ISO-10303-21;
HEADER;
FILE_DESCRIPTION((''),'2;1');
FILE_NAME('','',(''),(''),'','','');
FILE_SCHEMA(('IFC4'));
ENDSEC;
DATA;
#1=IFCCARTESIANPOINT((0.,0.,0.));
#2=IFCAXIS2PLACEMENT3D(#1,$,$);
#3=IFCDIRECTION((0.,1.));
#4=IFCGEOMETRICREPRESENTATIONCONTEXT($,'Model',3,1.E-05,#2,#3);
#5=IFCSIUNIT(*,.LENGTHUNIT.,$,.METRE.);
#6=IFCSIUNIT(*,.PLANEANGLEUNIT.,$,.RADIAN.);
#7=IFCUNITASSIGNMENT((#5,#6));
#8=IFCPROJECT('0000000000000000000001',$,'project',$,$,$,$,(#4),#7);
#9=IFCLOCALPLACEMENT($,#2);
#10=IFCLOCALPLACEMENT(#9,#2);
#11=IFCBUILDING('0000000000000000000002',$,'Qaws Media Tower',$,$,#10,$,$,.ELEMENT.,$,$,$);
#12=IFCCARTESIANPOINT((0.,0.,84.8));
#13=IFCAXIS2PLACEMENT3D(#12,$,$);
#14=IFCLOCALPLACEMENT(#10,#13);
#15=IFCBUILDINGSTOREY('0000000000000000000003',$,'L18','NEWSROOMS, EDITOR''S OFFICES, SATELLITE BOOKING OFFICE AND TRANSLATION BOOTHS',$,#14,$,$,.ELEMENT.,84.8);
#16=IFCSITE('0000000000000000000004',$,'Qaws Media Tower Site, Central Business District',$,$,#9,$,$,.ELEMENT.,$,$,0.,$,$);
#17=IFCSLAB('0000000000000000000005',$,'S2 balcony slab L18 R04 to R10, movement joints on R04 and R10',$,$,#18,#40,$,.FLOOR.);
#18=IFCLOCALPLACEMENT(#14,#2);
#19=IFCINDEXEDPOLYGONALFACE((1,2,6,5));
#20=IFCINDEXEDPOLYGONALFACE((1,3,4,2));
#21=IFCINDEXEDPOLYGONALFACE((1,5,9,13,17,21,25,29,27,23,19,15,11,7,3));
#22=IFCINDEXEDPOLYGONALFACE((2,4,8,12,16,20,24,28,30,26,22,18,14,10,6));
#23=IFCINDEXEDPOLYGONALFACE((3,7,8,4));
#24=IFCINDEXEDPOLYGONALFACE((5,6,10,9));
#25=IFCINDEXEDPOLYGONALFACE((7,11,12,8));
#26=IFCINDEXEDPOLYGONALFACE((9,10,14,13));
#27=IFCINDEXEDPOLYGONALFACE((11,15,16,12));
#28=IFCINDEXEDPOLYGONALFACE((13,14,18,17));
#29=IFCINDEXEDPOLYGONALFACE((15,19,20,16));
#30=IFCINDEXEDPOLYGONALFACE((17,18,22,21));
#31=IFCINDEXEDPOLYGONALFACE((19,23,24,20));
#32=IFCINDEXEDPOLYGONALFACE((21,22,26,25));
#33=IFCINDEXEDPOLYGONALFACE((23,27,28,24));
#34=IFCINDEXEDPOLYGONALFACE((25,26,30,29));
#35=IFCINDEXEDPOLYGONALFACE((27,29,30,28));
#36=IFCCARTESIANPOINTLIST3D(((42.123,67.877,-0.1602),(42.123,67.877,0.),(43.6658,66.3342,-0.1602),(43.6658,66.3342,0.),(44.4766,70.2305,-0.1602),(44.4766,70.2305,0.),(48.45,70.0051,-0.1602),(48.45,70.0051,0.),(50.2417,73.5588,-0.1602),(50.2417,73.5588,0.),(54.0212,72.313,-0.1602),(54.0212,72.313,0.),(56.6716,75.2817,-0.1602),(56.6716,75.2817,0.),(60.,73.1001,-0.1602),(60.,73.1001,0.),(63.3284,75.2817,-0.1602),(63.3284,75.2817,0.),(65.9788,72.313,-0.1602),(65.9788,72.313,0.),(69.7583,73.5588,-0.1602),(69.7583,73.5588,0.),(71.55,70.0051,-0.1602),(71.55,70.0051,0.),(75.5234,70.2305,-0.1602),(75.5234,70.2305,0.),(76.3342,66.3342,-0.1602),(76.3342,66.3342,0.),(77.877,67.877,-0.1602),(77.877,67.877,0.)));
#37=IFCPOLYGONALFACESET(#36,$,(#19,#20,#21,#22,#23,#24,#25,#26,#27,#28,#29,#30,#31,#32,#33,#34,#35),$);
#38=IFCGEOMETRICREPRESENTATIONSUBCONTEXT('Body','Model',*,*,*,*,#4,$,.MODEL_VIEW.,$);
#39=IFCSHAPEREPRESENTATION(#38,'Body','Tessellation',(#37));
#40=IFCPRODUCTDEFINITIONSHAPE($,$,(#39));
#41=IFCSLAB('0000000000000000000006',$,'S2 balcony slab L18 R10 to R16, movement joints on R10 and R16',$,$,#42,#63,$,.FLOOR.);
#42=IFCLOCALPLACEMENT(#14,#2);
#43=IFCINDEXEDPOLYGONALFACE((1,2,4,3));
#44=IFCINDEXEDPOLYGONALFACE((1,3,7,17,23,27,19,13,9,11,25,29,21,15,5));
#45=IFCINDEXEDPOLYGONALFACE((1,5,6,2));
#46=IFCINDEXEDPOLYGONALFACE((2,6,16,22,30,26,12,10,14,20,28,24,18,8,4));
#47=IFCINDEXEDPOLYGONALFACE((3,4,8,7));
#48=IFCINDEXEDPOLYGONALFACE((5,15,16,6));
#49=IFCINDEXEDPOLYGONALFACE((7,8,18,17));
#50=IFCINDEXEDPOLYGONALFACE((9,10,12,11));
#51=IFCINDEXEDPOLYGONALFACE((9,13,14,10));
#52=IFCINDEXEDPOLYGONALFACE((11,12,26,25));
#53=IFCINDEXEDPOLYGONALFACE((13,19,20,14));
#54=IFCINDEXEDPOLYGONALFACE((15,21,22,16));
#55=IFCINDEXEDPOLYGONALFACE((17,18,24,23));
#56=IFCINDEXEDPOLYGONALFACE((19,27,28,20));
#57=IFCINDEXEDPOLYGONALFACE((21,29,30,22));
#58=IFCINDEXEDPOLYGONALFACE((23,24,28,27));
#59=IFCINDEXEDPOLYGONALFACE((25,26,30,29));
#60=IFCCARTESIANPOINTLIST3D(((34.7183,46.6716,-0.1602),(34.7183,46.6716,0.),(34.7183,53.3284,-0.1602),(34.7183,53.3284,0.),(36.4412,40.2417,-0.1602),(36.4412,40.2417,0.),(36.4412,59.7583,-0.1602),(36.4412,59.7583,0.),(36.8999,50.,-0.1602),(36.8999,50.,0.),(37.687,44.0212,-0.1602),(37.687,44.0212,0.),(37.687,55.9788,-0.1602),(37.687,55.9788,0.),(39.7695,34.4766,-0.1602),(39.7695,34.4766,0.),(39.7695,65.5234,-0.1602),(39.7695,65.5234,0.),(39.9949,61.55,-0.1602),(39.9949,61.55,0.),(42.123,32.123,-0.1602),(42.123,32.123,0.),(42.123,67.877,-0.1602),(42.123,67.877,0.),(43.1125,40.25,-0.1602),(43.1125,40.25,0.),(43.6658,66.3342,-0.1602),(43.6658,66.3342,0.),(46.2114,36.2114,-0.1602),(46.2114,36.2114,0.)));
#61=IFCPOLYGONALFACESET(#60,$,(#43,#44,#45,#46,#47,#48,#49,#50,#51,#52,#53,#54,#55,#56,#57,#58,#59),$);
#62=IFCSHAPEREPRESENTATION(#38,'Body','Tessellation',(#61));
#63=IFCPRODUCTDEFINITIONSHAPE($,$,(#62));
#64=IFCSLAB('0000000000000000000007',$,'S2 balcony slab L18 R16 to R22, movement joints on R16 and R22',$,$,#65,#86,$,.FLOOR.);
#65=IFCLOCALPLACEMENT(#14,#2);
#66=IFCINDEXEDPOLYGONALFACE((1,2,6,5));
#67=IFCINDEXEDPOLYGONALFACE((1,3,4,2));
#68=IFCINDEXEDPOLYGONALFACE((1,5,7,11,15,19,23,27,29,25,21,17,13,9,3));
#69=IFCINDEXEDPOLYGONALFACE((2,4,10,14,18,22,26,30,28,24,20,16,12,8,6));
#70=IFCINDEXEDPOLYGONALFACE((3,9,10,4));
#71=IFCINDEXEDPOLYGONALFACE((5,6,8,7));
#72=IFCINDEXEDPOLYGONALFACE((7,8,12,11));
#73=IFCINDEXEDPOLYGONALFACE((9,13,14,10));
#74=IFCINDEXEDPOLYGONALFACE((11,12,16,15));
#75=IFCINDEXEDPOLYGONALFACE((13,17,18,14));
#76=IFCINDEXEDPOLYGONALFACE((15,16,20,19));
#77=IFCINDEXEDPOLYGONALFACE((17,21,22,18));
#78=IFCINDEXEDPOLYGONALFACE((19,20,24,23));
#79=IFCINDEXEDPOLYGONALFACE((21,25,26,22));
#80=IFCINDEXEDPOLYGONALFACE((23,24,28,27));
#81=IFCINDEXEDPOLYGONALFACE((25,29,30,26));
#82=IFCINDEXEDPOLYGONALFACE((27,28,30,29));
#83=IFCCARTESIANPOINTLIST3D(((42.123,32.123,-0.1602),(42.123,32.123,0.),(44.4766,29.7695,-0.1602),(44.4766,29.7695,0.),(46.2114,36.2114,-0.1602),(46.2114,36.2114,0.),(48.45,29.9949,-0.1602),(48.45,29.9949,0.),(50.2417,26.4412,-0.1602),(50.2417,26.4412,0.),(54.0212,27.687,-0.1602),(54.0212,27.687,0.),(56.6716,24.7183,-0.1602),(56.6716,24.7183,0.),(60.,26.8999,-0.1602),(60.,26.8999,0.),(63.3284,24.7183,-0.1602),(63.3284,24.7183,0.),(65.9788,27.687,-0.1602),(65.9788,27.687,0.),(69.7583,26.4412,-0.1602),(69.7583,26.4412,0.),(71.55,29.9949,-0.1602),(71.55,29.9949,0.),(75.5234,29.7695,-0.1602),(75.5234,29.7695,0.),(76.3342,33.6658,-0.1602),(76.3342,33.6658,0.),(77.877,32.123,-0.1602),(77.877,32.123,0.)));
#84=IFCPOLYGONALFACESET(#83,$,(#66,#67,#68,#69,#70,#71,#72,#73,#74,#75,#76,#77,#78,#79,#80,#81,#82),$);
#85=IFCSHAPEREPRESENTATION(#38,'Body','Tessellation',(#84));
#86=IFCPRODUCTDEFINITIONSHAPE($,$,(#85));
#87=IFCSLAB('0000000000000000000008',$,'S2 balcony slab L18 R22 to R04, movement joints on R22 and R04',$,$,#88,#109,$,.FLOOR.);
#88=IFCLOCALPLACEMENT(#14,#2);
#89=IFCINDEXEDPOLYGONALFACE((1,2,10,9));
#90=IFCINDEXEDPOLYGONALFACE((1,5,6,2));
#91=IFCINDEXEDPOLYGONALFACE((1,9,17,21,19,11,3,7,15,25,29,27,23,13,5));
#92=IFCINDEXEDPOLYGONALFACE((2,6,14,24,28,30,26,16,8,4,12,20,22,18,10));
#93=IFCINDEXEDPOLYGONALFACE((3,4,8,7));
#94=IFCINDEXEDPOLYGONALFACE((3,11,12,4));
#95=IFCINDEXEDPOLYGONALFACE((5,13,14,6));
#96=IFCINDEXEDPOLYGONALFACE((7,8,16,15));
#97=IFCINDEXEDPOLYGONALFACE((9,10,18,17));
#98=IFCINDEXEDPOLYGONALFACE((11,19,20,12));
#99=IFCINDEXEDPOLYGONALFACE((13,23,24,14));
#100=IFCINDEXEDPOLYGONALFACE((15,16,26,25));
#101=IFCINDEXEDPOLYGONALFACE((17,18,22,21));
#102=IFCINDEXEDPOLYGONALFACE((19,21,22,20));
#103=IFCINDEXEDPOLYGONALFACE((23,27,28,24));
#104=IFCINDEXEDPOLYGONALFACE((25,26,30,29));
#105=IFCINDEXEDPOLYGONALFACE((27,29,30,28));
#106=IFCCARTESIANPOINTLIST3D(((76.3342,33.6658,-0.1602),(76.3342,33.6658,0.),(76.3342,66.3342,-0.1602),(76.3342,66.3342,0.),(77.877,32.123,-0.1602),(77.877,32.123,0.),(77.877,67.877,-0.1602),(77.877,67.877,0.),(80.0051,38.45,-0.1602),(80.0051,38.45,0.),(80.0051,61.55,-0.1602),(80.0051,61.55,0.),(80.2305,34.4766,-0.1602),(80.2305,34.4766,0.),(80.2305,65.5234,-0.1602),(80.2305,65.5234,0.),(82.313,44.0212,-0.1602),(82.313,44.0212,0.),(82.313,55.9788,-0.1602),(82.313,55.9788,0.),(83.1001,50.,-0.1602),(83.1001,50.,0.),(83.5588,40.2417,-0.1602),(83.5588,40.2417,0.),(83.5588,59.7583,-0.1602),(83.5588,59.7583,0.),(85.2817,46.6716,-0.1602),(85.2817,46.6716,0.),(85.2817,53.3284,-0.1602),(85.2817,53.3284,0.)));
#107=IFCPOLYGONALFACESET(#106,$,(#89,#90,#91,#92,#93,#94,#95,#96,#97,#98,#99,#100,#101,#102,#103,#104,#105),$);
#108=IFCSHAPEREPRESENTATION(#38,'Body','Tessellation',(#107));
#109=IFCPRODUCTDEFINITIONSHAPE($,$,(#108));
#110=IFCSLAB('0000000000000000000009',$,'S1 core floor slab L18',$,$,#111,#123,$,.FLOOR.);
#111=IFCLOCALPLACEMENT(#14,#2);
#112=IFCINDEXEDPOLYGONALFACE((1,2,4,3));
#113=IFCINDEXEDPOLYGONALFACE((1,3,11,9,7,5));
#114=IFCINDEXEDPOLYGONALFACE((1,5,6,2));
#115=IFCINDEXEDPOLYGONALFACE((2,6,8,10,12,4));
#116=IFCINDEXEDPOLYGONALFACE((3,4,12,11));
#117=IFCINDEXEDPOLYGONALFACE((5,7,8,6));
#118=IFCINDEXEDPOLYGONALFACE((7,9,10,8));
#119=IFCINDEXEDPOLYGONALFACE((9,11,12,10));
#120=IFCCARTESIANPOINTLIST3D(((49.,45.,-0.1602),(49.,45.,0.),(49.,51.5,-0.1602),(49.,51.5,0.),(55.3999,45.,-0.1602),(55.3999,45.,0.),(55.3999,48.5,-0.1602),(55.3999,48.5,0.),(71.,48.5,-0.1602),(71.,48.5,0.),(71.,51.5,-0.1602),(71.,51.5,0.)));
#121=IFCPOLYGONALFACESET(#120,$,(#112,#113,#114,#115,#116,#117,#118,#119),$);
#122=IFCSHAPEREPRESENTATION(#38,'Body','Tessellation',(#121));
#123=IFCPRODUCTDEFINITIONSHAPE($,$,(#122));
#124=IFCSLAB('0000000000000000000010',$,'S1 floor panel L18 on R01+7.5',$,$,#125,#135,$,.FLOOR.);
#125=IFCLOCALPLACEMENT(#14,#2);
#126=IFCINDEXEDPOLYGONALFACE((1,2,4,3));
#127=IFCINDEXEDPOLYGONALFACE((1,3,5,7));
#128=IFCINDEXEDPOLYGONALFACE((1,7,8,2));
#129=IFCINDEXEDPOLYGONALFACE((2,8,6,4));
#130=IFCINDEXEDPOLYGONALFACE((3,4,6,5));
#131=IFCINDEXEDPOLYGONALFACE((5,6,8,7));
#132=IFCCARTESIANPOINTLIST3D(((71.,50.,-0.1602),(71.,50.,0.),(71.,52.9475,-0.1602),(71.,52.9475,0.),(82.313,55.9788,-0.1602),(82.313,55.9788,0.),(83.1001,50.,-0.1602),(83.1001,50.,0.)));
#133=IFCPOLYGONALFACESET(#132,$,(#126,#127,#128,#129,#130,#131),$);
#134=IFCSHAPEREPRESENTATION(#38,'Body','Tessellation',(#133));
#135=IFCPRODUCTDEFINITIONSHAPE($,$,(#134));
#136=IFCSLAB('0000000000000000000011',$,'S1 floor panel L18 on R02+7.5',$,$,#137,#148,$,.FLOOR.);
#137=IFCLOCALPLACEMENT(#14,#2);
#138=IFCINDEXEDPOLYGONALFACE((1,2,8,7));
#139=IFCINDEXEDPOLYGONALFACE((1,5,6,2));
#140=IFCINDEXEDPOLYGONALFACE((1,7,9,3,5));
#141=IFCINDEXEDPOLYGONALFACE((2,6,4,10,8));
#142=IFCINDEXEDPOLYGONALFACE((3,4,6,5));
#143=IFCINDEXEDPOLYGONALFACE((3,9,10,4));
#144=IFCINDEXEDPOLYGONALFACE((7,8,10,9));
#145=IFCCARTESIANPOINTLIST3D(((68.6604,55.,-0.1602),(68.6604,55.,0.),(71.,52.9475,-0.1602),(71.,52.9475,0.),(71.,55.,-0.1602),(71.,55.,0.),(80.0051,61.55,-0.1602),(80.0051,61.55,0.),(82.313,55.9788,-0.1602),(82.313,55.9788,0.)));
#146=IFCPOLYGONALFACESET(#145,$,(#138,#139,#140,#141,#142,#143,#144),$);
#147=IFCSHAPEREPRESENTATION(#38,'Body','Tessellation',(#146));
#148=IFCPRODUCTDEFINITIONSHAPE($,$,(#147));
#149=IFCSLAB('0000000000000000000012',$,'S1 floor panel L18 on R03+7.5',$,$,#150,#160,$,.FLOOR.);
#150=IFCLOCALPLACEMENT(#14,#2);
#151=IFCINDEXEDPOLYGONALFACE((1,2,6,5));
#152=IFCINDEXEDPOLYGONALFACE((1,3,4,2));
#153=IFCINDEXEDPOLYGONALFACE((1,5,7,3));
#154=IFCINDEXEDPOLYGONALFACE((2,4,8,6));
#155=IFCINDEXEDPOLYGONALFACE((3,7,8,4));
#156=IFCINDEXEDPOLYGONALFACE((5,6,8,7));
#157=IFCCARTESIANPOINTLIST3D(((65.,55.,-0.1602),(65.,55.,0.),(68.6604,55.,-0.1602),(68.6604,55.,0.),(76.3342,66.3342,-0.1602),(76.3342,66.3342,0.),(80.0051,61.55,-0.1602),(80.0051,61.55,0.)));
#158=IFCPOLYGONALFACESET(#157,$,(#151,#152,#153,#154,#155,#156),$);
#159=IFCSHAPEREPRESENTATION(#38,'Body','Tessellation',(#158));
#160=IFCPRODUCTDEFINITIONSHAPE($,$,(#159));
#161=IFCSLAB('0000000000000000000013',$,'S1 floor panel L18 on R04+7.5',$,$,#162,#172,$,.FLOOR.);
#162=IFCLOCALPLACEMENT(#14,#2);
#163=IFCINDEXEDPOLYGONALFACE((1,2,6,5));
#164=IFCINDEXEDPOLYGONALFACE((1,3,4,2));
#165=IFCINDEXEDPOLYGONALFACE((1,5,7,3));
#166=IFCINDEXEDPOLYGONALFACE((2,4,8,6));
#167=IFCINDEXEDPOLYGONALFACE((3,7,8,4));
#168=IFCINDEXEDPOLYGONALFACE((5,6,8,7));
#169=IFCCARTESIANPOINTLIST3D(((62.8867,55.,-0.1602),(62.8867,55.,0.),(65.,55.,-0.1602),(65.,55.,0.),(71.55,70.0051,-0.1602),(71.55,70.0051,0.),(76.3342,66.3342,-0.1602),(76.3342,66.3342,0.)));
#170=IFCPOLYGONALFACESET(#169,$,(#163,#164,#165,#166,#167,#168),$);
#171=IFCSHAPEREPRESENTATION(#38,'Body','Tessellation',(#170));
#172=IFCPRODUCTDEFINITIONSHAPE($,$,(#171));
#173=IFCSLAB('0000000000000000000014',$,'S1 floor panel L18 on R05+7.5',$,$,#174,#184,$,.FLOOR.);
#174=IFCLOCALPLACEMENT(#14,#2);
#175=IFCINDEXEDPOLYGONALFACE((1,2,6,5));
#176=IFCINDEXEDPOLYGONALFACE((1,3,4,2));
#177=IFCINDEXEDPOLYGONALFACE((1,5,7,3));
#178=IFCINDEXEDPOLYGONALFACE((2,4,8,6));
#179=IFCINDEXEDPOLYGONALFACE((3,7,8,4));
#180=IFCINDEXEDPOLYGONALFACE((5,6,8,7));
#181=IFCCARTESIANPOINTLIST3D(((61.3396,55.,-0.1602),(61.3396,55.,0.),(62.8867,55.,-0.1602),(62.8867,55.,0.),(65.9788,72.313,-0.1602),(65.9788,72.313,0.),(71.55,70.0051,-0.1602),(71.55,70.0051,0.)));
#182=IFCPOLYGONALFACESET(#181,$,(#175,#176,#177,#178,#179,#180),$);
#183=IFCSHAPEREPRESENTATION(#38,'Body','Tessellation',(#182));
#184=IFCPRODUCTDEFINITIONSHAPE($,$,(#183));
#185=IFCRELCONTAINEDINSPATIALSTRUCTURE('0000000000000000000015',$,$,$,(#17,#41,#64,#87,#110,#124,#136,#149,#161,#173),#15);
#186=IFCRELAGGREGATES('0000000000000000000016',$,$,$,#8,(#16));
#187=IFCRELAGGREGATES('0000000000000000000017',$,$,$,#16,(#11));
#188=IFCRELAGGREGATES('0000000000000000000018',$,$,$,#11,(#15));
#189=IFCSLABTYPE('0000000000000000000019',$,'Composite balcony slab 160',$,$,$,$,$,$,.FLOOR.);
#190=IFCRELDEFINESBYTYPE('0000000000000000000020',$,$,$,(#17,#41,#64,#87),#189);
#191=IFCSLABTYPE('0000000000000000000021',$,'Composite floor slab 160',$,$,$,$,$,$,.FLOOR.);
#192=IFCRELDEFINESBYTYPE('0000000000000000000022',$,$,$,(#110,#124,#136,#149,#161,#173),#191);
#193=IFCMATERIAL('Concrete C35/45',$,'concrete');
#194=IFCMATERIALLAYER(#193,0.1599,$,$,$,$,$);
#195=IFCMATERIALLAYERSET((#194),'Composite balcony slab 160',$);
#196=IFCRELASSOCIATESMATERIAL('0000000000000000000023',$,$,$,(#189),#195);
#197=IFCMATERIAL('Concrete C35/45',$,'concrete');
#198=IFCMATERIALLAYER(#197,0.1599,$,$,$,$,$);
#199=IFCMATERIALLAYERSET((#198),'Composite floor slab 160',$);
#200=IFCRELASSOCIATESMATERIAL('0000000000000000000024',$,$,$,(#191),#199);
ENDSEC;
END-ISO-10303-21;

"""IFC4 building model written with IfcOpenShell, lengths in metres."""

from ifc_helpers import new_model, si_unit, direction, frame, origin, place, context, subcontext, project, spatial, polyline, outline, extrude, material, layer, layer_set, type_object, element, save


model = new_model("IFC4")

# Units and contexts
model_context = context("Model", 3, precision=1e-05, world=origin(), true_north=direction((0.0, 1.0)))
body_context = subcontext(model_context, "Body", "Model", "MODEL_VIEW")
ifc_project = project(units=[si_unit("LENGTHUNIT", "METRE"), si_unit("PLANEANGLEUNIT", "RADIAN")], contexts=[model_context])

# Site, building, storey
site_placement = place(None, origin())
site = spatial("IfcSite", under=ifc_project, at=site_placement, Name="Qaws Media Tower Site, Central Business District", CompositionType="ELEMENT", RefElevation=0.0)
building_placement = place(site_placement, origin())
building = spatial("IfcBuilding", under=site, at=building_placement, Name="Qaws Media Tower", CompositionType="ELEMENT")
storey_placement = place(building_placement, frame((0.0, 0.0, 84.8)))
storey = spatial("IfcBuildingStorey", under=building, at=storey_placement, Name="L18", Description="NEWSROOMS, EDITOR'S OFFICES, SATELLITE BOOKING OFFICE AND TRANSLATION BOOTHS", CompositionType="ELEMENT", Elevation=84.8)

# Slabs
ifc_material_1 = material(Name="Concrete C35/45", Category="concrete")
ifc_layer_1 = layer(ifc_material_1, 0.1599)
ifc_layer_set_1 = layer_set([ifc_layer_1], Name="Composite balcony slab 160")
slab_type_1 = type_object("IfcSlabType", Name="Composite balcony slab 160", PredefinedType="FLOOR", material=ifc_layer_set_1)
slab_1_placement = place(storey_placement, frame((0.0, 0.0, -0.1602)))
element("IfcSlab", 1, at=slab_1_placement, inside=storey, type_object=slab_type_1, Name="S2 balcony slab L18 R04 to R10, movement joints on R04 and R10", PredefinedType="FLOOR", context=body_context, shape_type="SweptSolid", body=[
    extrude(outline(polyline([(44.4766, 70.2305), (50.2417, 73.5588), (56.6716, 75.2817), (63.3284, 75.2817), (69.7583, 73.5588), (75.5234, 70.2305), (77.877, 67.877), (76.3342, 66.3342), (71.55, 70.0051), (65.9788, 72.313), (60.0, 73.1001), (54.0212, 72.313), (48.45, 70.0051), (43.6658, 66.3342), (42.123, 67.877), (44.4766, 70.2305)])), origin(), (0.0, 0.0, 1.0), 0.1602),
])
slab_2_placement = place(storey_placement, frame((0.0, 0.0, -0.1602)))
element("IfcSlab", 2, at=slab_2_placement, inside=storey, type_object=slab_type_1, Name="S2 balcony slab L18 R10 to R16, movement joints on R10 and R16", PredefinedType="FLOOR", context=body_context, shape_type="SweptSolid", body=[
    extrude(outline(polyline([(39.7695, 34.4766), (36.4412, 40.2417), (34.7183, 46.6716), (34.7183, 53.3284), (36.4412, 59.7583), (39.7695, 65.5234), (42.123, 67.877), (43.6658, 66.3342), (39.9949, 61.55), (37.687, 55.9788), (36.8999, 50.0), (37.687, 44.0212), (43.1125, 40.25), (46.2114, 36.2114), (42.123, 32.123), (39.7695, 34.4766)])), origin(), (0.0, 0.0, 1.0), 0.1602),
])
slab_3_placement = place(storey_placement, frame((0.0, 0.0, -0.1602)))
element("IfcSlab", 3, at=slab_3_placement, inside=storey, type_object=slab_type_1, Name="S2 balcony slab L18 R16 to R22, movement joints on R16 and R22", PredefinedType="FLOOR", context=body_context, shape_type="SweptSolid", body=[
    extrude(outline(polyline([(75.5234, 29.7695), (69.7583, 26.4412), (63.3284, 24.7183), (56.6716, 24.7183), (50.2417, 26.4412), (44.4766, 29.7695), (42.123, 32.123), (46.2114, 36.2114), (48.45, 29.9949), (54.0212, 27.687), (60.0, 26.8999), (65.9788, 27.687), (71.55, 29.9949), (76.3342, 33.6658), (77.877, 32.123), (75.5234, 29.7695)])), origin(), (0.0, 0.0, 1.0), 0.1602),
])
slab_4_placement = place(storey_placement, frame((0.0, 0.0, -0.1602)))
element("IfcSlab", 4, at=slab_4_placement, inside=storey, type_object=slab_type_1, Name="S2 balcony slab L18 R22 to R04, movement joints on R22 and R04", PredefinedType="FLOOR", context=body_context, shape_type="SweptSolid", body=[
    extrude(outline(polyline([(83.5588, 40.2417), (80.2305, 34.4766), (77.877, 32.123), (76.3342, 33.6658), (80.0051, 38.45), (82.313, 44.0212), (83.1001, 50.0), (82.313, 55.9788), (80.0051, 61.55), (76.3342, 66.3342), (77.877, 67.877), (80.2305, 65.5234), (83.5588, 59.7583), (85.2817, 53.3284), (85.2817, 46.6716), (83.5588, 40.2417)])), origin(), (0.0, 0.0, 1.0), 0.1602),
])
ifc_material_2 = material(Name="Concrete C35/45", Category="concrete")
ifc_layer_2 = layer(ifc_material_2, 0.1599)
ifc_layer_set_2 = layer_set([ifc_layer_2], Name="Composite floor slab 160")
slab_type_2 = type_object("IfcSlabType", Name="Composite floor slab 160", PredefinedType="FLOOR", material=ifc_layer_set_2)
slab_5_placement = place(storey_placement, frame((0.0, 0.0, -0.1602)))
element("IfcSlab", 5, at=slab_5_placement, inside=storey, type_object=slab_type_2, Name="S1 core floor slab L18", PredefinedType="FLOOR", context=body_context, shape_type="SweptSolid", body=[
    extrude(outline(polyline([(71.0, 51.5), (71.0, 48.5), (55.3999, 48.5), (55.3999, 45.0), (49.0, 45.0), (49.0, 51.5), (71.0, 51.5)])), origin(), (0.0, 0.0, 1.0), 0.1602),
])
slab_6_placement = place(storey_placement, frame((0.0, 0.0, -0.1602)))
element("IfcSlab", 6, at=slab_6_placement, inside=storey, type_object=slab_type_2, Name="S1 floor panel L18 on R01+7.5", PredefinedType="FLOOR", context=body_context, shape_type="SweptSolid", body=[
    extrude(outline(polyline([(82.313, 55.9788), (83.1001, 50.0), (71.0, 50.0), (71.0, 52.9475), (82.313, 55.9788)])), origin(), (0.0, 0.0, 1.0), 0.1602),
])
slab_7_placement = place(storey_placement, frame((0.0, 0.0, -0.1602)))
element("IfcSlab", 7, at=slab_7_placement, inside=storey, type_object=slab_type_2, Name="S1 floor panel L18 on R02+7.5", PredefinedType="FLOOR", context=body_context, shape_type="SweptSolid", body=[
    extrude(outline(polyline([(80.0051, 61.55), (82.313, 55.9788), (71.0, 52.9475), (71.0, 55.0), (68.6604, 55.0), (80.0051, 61.55)])), origin(), (0.0, 0.0, 1.0), 0.1602),
])
slab_8_placement = place(storey_placement, frame((0.0, 0.0, -0.1602)))
element("IfcSlab", 8, at=slab_8_placement, inside=storey, type_object=slab_type_2, Name="S1 floor panel L18 on R03+7.5", PredefinedType="FLOOR", context=body_context, shape_type="SweptSolid", body=[
    extrude(outline(polyline([(80.0051, 61.55), (68.6604, 55.0), (65.0, 55.0), (76.3342, 66.3342), (80.0051, 61.55)])), origin(), (0.0, 0.0, 1.0), 0.1602),
])
slab_9_placement = place(storey_placement, frame((0.0, 0.0, -0.1602)))
element("IfcSlab", 9, at=slab_9_placement, inside=storey, type_object=slab_type_2, Name="S1 floor panel L18 on R04+7.5", PredefinedType="FLOOR", context=body_context, shape_type="SweptSolid", body=[
    extrude(outline(polyline([(76.3342, 66.3342), (65.0, 55.0), (62.8867, 55.0), (71.55, 70.0051), (76.3342, 66.3342)])), origin(), (0.0, 0.0, 1.0), 0.1602),
])
slab_10_placement = place(storey_placement, frame((0.0, 0.0, -0.1602)))
element("IfcSlab", 10, at=slab_10_placement, inside=storey, type_object=slab_type_2, Name="S1 floor panel L18 on R05+7.5", PredefinedType="FLOOR", context=body_context, shape_type="SweptSolid", body=[
    extrude(outline(polyline([(71.55, 70.0051), (62.8867, 55.0), (61.3396, 55.0), (65.9788, 72.313), (71.55, 70.0051)])), origin(), (0.0, 0.0, 1.0), 0.1602),
])

save(model, "model.ifc")
